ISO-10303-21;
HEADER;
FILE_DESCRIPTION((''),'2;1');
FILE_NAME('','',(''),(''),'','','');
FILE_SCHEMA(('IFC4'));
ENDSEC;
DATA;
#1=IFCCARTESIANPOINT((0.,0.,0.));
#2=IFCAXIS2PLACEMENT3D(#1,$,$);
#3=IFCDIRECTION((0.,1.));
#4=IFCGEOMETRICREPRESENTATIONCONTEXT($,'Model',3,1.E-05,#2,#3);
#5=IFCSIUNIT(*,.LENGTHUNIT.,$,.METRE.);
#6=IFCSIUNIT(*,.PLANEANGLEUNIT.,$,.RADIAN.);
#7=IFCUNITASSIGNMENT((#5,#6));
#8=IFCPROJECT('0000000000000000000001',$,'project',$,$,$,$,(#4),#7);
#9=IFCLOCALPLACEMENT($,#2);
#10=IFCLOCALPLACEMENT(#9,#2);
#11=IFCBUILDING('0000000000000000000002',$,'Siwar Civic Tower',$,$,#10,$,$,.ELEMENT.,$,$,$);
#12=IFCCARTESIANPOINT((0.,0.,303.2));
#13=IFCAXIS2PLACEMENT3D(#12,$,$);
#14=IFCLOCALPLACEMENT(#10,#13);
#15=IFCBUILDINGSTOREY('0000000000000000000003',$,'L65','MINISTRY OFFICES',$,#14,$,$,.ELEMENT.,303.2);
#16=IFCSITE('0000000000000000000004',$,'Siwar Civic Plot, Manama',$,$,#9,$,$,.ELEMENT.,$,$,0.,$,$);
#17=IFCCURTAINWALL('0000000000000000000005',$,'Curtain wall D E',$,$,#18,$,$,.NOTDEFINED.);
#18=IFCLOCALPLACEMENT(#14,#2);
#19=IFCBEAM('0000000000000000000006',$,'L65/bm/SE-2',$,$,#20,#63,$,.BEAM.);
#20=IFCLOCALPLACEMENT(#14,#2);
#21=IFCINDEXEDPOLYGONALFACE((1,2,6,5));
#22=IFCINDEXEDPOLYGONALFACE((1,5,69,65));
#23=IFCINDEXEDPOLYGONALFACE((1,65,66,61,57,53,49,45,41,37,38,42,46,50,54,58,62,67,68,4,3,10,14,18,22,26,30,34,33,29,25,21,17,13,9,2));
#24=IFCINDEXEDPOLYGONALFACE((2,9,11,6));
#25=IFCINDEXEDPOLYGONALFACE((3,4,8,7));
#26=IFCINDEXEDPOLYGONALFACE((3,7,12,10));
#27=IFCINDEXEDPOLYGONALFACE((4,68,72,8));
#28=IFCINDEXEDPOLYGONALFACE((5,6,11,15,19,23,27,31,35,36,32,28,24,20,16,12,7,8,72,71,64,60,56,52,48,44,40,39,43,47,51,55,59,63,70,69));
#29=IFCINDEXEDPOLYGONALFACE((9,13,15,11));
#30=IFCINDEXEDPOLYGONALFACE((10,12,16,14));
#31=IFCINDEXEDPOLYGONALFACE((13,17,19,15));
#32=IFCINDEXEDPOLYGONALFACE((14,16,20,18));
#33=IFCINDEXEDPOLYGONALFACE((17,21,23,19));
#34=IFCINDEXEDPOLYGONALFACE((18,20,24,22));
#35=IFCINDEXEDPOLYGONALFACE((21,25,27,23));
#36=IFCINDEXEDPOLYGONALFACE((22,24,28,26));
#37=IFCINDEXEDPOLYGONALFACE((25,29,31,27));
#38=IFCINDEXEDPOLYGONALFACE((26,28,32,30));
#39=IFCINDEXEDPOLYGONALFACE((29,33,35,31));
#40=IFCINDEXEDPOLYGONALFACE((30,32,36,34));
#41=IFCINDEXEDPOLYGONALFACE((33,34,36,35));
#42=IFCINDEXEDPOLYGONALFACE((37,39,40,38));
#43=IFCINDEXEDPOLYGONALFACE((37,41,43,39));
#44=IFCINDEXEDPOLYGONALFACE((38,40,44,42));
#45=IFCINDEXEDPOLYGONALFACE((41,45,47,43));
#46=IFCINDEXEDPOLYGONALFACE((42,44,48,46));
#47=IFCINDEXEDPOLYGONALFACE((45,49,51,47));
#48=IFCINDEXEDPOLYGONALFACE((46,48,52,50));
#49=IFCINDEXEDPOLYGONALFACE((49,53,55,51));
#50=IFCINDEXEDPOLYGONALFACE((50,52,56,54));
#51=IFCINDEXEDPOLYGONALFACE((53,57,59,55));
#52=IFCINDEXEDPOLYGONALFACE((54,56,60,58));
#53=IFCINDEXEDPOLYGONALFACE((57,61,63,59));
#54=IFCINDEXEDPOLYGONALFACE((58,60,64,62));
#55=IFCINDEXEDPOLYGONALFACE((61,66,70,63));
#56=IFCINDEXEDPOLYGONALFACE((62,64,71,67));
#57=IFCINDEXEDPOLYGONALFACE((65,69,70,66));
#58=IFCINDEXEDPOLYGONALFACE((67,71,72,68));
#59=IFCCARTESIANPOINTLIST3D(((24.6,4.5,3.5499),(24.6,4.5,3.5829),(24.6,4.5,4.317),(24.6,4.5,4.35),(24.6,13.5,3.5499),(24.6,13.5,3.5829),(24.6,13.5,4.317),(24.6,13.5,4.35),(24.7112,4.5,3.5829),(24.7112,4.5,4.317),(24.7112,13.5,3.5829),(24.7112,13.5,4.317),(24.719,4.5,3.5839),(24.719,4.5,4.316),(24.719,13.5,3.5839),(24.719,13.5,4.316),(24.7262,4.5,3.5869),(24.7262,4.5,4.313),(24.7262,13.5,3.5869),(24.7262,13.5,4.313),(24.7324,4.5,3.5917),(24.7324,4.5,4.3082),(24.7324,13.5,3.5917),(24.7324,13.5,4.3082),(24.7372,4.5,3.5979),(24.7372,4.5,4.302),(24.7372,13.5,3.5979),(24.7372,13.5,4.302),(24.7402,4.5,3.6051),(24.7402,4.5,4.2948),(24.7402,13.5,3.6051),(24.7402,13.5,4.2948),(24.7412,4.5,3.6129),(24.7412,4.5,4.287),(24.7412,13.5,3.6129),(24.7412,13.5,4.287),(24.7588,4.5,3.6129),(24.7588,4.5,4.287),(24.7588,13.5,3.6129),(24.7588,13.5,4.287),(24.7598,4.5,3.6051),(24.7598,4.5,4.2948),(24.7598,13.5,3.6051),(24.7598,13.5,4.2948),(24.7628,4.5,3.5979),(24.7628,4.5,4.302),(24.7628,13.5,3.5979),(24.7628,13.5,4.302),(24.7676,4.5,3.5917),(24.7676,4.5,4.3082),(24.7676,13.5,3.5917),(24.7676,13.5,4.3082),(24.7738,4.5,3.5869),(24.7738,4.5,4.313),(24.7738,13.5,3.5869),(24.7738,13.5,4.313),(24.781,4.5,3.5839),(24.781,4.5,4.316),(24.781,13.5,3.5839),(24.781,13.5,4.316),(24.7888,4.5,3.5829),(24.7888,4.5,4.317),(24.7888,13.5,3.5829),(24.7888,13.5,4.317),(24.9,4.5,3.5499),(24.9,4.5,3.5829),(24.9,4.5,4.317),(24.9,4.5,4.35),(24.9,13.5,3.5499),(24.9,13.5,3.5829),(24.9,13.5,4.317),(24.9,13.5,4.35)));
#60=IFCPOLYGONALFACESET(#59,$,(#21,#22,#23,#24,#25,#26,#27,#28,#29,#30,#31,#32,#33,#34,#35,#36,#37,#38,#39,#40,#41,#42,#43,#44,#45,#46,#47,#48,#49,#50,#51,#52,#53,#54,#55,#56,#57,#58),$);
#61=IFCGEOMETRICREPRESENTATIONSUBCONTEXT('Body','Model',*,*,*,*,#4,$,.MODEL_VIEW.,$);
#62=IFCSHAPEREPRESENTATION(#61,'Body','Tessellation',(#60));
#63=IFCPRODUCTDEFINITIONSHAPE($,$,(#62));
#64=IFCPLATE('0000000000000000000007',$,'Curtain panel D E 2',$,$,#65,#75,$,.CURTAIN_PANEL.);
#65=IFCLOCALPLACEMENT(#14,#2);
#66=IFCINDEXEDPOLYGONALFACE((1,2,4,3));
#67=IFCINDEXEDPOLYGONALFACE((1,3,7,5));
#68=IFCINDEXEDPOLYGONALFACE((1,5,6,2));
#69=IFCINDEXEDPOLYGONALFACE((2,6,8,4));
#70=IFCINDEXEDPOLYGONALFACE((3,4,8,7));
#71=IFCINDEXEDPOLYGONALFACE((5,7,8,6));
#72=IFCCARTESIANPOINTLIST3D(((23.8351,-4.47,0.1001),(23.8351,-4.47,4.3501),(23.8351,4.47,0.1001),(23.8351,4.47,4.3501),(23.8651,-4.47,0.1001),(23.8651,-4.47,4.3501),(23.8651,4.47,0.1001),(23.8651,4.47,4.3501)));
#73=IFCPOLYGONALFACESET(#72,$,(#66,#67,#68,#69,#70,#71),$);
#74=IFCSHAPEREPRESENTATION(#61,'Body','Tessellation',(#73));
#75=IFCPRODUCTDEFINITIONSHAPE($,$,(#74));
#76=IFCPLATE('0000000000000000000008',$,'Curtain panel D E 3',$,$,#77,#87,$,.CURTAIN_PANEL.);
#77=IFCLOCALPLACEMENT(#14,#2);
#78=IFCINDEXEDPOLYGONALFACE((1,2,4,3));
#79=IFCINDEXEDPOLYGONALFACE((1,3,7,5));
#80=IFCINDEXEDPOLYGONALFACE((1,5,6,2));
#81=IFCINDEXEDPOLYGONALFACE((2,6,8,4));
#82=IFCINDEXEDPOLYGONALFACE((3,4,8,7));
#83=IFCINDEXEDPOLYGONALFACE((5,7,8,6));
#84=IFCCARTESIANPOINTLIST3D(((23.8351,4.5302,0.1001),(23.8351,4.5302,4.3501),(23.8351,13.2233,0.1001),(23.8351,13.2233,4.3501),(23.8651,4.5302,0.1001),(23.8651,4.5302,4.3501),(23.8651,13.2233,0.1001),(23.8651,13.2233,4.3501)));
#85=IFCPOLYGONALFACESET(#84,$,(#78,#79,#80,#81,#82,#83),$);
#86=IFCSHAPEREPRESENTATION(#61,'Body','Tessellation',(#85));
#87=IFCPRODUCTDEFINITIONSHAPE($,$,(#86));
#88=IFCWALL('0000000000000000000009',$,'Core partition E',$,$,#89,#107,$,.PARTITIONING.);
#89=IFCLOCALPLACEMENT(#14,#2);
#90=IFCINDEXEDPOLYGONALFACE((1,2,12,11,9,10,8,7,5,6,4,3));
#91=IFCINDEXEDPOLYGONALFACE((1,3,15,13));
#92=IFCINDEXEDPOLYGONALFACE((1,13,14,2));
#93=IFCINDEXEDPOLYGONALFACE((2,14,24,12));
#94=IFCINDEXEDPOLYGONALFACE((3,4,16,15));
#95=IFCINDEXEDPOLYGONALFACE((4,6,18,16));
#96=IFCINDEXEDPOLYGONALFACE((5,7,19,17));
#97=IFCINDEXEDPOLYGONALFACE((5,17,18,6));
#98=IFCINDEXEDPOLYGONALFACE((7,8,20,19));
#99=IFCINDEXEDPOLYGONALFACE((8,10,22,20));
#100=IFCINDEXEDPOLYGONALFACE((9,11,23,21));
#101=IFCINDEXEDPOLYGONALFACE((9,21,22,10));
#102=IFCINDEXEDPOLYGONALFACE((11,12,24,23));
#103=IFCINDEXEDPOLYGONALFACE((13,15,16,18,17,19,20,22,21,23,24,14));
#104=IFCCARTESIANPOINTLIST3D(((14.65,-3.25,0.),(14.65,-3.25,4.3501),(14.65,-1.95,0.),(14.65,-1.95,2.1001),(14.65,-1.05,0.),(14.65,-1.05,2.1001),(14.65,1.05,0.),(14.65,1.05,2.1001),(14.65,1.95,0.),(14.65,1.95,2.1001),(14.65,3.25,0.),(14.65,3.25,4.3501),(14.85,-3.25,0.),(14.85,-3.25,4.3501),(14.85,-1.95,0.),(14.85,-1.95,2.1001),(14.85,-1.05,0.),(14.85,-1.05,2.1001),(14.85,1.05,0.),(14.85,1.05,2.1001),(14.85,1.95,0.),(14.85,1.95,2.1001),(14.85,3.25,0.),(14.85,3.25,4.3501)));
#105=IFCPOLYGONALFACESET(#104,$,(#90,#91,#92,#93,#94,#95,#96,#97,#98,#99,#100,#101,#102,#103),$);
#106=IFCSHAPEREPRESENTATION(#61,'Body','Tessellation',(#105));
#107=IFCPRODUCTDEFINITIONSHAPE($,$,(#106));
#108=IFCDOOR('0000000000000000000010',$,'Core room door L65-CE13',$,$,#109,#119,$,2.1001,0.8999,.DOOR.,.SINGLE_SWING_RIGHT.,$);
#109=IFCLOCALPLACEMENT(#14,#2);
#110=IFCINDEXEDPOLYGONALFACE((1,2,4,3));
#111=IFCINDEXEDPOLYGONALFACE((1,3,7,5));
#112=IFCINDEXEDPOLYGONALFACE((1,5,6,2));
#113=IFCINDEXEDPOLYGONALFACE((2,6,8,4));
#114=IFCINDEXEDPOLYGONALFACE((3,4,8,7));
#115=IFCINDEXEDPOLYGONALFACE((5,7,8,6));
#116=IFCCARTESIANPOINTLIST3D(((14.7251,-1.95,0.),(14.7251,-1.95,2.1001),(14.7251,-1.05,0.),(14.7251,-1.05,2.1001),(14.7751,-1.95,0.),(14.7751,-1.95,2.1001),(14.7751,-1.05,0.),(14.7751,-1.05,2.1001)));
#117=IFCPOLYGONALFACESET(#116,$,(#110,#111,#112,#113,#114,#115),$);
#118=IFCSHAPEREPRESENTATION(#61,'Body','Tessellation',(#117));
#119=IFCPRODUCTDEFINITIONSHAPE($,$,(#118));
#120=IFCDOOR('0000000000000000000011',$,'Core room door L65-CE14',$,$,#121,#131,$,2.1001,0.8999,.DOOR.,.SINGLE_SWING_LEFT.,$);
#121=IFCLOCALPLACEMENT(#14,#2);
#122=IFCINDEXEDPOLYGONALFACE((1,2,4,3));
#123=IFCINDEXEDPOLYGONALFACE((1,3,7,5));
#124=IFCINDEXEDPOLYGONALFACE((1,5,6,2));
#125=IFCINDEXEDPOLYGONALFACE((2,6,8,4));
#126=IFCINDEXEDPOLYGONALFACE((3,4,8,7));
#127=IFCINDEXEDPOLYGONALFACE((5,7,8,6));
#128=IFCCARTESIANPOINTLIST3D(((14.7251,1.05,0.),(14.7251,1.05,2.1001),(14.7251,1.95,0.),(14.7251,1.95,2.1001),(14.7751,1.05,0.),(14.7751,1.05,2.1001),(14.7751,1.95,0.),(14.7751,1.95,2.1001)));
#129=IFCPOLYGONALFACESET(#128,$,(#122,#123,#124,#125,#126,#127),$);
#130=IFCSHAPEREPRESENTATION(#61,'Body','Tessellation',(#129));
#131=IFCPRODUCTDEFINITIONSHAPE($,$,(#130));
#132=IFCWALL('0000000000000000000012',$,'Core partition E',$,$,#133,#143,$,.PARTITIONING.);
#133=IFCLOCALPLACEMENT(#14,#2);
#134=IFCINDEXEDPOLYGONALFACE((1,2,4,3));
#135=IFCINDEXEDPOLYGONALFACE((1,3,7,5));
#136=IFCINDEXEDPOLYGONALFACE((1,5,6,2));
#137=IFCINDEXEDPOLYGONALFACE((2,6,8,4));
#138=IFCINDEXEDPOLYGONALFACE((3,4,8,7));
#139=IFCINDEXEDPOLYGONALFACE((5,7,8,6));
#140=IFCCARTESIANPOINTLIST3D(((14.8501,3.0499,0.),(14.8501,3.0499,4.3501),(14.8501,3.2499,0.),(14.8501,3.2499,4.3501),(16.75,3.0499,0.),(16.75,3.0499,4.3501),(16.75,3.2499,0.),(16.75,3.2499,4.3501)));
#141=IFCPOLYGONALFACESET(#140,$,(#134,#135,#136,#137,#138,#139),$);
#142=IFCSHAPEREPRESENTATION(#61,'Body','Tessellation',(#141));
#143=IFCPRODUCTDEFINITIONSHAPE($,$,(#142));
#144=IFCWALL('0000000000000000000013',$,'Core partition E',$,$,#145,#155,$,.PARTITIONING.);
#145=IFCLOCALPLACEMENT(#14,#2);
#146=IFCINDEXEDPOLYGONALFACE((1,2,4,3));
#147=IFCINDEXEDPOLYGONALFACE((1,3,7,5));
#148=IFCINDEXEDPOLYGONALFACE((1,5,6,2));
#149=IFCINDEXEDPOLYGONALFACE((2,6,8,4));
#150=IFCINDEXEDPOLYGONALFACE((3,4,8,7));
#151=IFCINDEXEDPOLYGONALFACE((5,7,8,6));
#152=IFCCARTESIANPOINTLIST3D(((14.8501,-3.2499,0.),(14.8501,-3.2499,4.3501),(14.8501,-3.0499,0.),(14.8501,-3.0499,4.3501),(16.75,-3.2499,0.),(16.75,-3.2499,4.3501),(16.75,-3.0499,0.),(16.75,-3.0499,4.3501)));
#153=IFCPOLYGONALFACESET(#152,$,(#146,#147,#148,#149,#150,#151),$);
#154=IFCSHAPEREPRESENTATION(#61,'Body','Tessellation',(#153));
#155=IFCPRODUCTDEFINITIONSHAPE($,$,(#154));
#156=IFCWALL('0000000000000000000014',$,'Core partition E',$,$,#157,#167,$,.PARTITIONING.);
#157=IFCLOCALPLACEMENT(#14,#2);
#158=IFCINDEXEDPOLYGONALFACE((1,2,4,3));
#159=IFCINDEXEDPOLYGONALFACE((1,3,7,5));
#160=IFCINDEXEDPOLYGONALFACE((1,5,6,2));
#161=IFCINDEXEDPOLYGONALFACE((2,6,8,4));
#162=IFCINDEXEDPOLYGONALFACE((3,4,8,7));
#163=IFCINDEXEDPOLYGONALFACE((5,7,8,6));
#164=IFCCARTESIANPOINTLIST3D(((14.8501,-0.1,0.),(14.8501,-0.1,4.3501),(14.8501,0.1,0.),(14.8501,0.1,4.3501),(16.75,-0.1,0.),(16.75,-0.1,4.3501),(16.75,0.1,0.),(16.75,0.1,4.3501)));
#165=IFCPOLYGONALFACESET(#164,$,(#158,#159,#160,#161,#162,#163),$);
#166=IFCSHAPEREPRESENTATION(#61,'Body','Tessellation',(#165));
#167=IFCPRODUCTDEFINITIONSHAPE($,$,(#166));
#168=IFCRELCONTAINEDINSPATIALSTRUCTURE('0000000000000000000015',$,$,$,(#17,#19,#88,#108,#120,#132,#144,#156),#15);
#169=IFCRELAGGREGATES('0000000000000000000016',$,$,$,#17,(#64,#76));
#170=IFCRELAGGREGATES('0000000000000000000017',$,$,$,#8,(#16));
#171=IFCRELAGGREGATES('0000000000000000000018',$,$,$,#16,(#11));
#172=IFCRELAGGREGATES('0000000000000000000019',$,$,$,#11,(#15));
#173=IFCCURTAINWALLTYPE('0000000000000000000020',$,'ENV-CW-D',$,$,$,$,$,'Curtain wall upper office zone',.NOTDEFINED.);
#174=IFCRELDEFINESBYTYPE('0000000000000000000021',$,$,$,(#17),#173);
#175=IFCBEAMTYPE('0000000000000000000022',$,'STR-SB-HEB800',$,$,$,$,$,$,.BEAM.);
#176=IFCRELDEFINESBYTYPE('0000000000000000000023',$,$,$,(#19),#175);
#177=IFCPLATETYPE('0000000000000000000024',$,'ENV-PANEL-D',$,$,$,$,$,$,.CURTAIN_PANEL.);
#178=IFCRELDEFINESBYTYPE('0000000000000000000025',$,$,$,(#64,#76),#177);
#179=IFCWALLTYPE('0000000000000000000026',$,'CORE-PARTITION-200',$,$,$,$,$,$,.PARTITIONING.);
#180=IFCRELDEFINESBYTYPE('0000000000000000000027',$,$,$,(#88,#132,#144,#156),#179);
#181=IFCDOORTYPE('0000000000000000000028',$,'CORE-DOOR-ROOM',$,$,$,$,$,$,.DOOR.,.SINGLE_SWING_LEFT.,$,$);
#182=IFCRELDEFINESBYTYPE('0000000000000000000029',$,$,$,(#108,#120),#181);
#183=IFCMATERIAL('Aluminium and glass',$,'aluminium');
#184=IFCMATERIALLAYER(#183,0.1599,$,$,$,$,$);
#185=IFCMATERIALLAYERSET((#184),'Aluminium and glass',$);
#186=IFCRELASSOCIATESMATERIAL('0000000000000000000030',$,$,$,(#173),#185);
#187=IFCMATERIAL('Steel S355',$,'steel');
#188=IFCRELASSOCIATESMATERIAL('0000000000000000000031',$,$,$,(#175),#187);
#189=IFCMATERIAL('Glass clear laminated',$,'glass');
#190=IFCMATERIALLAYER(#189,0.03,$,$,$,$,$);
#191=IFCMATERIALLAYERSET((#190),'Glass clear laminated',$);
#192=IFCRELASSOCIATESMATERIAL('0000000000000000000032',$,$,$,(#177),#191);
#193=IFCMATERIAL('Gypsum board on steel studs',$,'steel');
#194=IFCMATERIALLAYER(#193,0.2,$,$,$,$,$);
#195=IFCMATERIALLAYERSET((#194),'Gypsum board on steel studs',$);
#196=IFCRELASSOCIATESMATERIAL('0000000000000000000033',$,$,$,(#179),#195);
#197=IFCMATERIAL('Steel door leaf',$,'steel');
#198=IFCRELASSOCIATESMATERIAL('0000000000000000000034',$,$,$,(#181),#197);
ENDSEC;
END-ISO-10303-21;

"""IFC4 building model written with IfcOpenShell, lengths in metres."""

from ifc_helpers import new_model, si_unit, direction, frame, frame_2d, origin, origin_2d, place, context, subcontext, project, spatial, rectangle, i_section, extrude, material, layer, layer_set, material_profile, profile_set, type_object, element, fill, aggregate, save


model = new_model("IFC4")

# Units and contexts
model_context = context("Model", 3, precision=1e-05, world=origin(), true_north=direction((0.0, 1.0)))
body_context = subcontext(model_context, "Body", "Model", "MODEL_VIEW")
ifc_project = project(units=[si_unit("LENGTHUNIT", "METRE"), si_unit("PLANEANGLEUNIT", "RADIAN")], contexts=[model_context])

# Site, building, storey
site_placement = place(None, origin())
site = spatial("IfcSite", under=ifc_project, at=site_placement, Name="Siwar Civic Plot, Manama", CompositionType="ELEMENT", RefElevation=0.0)
building_placement = place(site_placement, origin())
building = spatial("IfcBuilding", under=site, at=building_placement, Name="Siwar Civic Tower", CompositionType="ELEMENT")
storey_placement = place(building_placement, frame((0.0, 0.0, 303.2)))
storey = spatial("IfcBuildingStorey", under=building, at=storey_placement, Name="L65", Description="MINISTRY OFFICES", CompositionType="ELEMENT", Elevation=303.2)

# Curtain wall
ifc_material_1 = material(Name="Aluminium and glass", Category="aluminium")
ifc_layer_1 = layer(ifc_material_1, 0.1599)
ifc_layer_set_1 = layer_set([ifc_layer_1], Name="Aluminium and glass")
curtain_wall_type = type_object("IfcCurtainWallType", Name="ENV-CW-D", ElementType="Curtain wall upper office zone", PredefinedType="NOTDEFINED", material=ifc_layer_set_1)
curtain_wall_placement = place(storey_placement, origin())
curtain_wall = element("IfcCurtainWall", 1, at=curtain_wall_placement, inside=storey, type_object=curtain_wall_type, Name="Curtain wall D E", PredefinedType="NOTDEFINED")

# Beam
ifc_material_2 = material(Name="Steel S355", Category="steel")
ifc_material_profile_1 = material_profile(ifc_material_2, i_section(OverallWidth=0.3, OverallDepth=0.8, WebThickness=0.0176, FlangeThickness=0.033, FilletRadius=0.03, at=origin_2d()), Name="HEB800")
ifc_profile_set_1 = profile_set([ifc_material_profile_1], Name="Steel S355")
beam_type_1 = type_object("IfcBeamType", Name="STR-SB-HEB800", PredefinedType="BEAM", material=ifc_profile_set_1)
beam_placement = place(storey_placement, frame((24.75, 4.5, 3.95), z_axis=(0.0, 1.0, 0.0), x_axis=(-1.0, 0.0, 0.0)))
element("IfcBeam", 2, at=beam_placement, inside=storey, type_object=beam_type_1, Name="L65/bm/SE-2", PredefinedType="BEAM", context=body_context, shape_type="SweptSolid", body=[
    extrude(i_section(OverallWidth=0.3, OverallDepth=0.8, WebThickness=0.0176, FlangeThickness=0.033, FilletRadius=0.03, at=origin_2d()), origin(), (0.0, 0.0, 1.0), 9.0),
])

# Plates
ifc_material_3 = material(Name="Glass clear laminated", Category="glass")
ifc_layer_2 = layer(ifc_material_3, 0.03)
ifc_layer_set_2 = layer_set([ifc_layer_2], Name="Glass clear laminated")
plate_type = type_object("IfcPlateType", Name="ENV-PANEL-D", PredefinedType="CURTAIN_PANEL", material=ifc_layer_set_2)
plate_1_placement = place(storey_placement, frame((23.8501, 0.0, 0.1001), z_axis=(0.0, 0.0, 1.0), x_axis=(0.0, 1.0, 0.0)))
plate_1 = element("IfcPlate", 3, at=plate_1_placement, type_object=plate_type, Name="Curtain panel D E 2", PredefinedType="CURTAIN_PANEL", context=body_context, shape_type="SweptSolid", body=[
    extrude(rectangle(XDim=8.9399, YDim=0.03, at=origin_2d()), origin(), (0.0, 0.0, 1.0), 4.25),
])
plate_2_placement = place(storey_placement, frame((23.8501, 8.8767, 0.1001), z_axis=(0.0, 0.0, 1.0), x_axis=(0.0, 1.0, 0.0)))
plate_2 = element("IfcPlate", 4, at=plate_2_placement, type_object=plate_type, Name="Curtain panel D E 3", PredefinedType="CURTAIN_PANEL", context=body_context, shape_type="SweptSolid", body=[
    extrude(rectangle(XDim=8.6931, YDim=0.03, at=origin_2d()), origin(), (0.0, 0.0, 1.0), 4.25),
])
aggregate(curtain_wall, [plate_1, plate_2])

# Wall, openings, doors
ifc_material_4 = material(Name="Gypsum board on steel studs", Category="steel")
ifc_layer_3 = layer(ifc_material_4, 0.2)
ifc_layer_set_3 = layer_set([ifc_layer_3], Name="Gypsum board on steel studs")
wall_type_1 = type_object("IfcWallType", Name="CORE-PARTITION-200", PredefinedType="PARTITIONING", material=ifc_layer_set_3)
wall_1_placement = place(storey_placement, frame((14.75, -3.25, 0.0), z_axis=(0.0, 0.0, 1.0), x_axis=(0.0, 1.0, 0.0)))
wall_1 = element("IfcWall", 5, at=wall_1_placement, inside=storey, type_object=wall_type_1, Name="Core partition E", PredefinedType="PARTITIONING", context=body_context, shape_type="SweptSolid", body=[
    extrude(rectangle(XDim=6.5, YDim=0.2, at=frame_2d((3.25, 0.0))), origin(), (0.0, 0.0, 1.0), 4.3501),
])
opening_1_placement = place(wall_1_placement, frame((1.3, 0.0, 0.0)))
opening_1 = element("IfcOpeningElement", 6, at=opening_1_placement, cuts=wall_1, PredefinedType="OPENING", context=body_context, shape_type="SweptSolid", body=[
    extrude(rectangle(XDim=0.8999, YDim=2.1001, at=frame_2d((0.45, 1.05))), frame((0.0, 0.1099, 0.0), z_axis=(0.0, -1.0, 0.0), x_axis=(1.0, 0.0, 0.0)), (0.0, 0.0, 1.0), 0.22),
])
opening_2_placement = place(wall_1_placement, frame((4.3, 0.0, 0.0)))
opening_2 = element("IfcOpeningElement", 7, at=opening_2_placement, cuts=wall_1, PredefinedType="OPENING", context=body_context, shape_type="SweptSolid", body=[
    extrude(rectangle(XDim=0.8999, YDim=2.1001, at=frame_2d((0.45, 1.05))), frame((0.0, 0.1099, 0.0), z_axis=(0.0, -1.0, 0.0), x_axis=(1.0, 0.0, 0.0)), (0.0, 0.0, 1.0), 0.22),
])
ifc_material_5 = material(Name="Steel door leaf", Category="steel")
door_type_1 = type_object("IfcDoorType", Name="CORE-DOOR-ROOM", OperationType="SINGLE_SWING_LEFT", PredefinedType="DOOR", material=ifc_material_5)
door_1_placement = place(opening_1_placement, origin())
door_1 = element("IfcDoor", 8, at=door_1_placement, inside=storey, type_object=door_type_1, Name="Core room door L65-CE13", OperationType="SINGLE_SWING_RIGHT", OverallHeight=2.1001, OverallWidth=0.8999, PredefinedType="DOOR", context=body_context, shape_type="SweptSolid", body=[
    extrude(rectangle(XDim=0.8999, YDim=2.1001, at=frame_2d((0.45, 1.05))), frame((0.0, 0.0249, 0.0), z_axis=(0.0, -1.0, 0.0), x_axis=(1.0, 0.0, 0.0)), (0.0, 0.0, 1.0), 0.05),
])
fill(opening_1, door_1)
door_2_placement = place(opening_2_placement, origin())
door_2 = element("IfcDoor", 9, at=door_2_placement, inside=storey, type_object=door_type_1, Name="Core room door L65-CE14", OperationType="SINGLE_SWING_LEFT", OverallHeight=2.1001, OverallWidth=0.8999, PredefinedType="DOOR", context=body_context, shape_type="SweptSolid", body=[
    extrude(rectangle(XDim=0.8999, YDim=2.1001, at=frame_2d((0.45, 1.05))), frame((0.0, 0.0249, 0.0), z_axis=(0.0, -1.0, 0.0), x_axis=(1.0, 0.0, 0.0)), (0.0, 0.0, 1.0), 0.05),
])
fill(opening_2, door_2)

# Walls
for number, where, z_axis, x_axis, name in (
    (10, (14.8501, 3.1499, 0.0), (0.0, 0.0, 1.0), (1.0, 0.0, 0.0), "Core partition E"),
    (11, (14.8501, -3.1499, 0.0), (0.0, 0.0, 1.0), (1.0, 0.0, 0.0), "Core partition E"),
    (12, (14.8501, 0.0, 0.0), (0.0, 0.0, 1.0), (1.0, 0.0, 0.0), "Core partition E"),
):
    element("IfcWall", number, at=place(storey_placement, frame(where, z_axis=z_axis, x_axis=x_axis)), inside=storey, type_object=wall_type_1, Name=name, PredefinedType="PARTITIONING", context=body_context, shape_type="SweptSolid", body=[
        extrude(rectangle(XDim=1.8999, YDim=0.2, at=frame_2d((0.95, 0.0))), origin(), (0.0, 0.0, 1.0), 4.3501),
    ])

save(model, "model.ifc")
